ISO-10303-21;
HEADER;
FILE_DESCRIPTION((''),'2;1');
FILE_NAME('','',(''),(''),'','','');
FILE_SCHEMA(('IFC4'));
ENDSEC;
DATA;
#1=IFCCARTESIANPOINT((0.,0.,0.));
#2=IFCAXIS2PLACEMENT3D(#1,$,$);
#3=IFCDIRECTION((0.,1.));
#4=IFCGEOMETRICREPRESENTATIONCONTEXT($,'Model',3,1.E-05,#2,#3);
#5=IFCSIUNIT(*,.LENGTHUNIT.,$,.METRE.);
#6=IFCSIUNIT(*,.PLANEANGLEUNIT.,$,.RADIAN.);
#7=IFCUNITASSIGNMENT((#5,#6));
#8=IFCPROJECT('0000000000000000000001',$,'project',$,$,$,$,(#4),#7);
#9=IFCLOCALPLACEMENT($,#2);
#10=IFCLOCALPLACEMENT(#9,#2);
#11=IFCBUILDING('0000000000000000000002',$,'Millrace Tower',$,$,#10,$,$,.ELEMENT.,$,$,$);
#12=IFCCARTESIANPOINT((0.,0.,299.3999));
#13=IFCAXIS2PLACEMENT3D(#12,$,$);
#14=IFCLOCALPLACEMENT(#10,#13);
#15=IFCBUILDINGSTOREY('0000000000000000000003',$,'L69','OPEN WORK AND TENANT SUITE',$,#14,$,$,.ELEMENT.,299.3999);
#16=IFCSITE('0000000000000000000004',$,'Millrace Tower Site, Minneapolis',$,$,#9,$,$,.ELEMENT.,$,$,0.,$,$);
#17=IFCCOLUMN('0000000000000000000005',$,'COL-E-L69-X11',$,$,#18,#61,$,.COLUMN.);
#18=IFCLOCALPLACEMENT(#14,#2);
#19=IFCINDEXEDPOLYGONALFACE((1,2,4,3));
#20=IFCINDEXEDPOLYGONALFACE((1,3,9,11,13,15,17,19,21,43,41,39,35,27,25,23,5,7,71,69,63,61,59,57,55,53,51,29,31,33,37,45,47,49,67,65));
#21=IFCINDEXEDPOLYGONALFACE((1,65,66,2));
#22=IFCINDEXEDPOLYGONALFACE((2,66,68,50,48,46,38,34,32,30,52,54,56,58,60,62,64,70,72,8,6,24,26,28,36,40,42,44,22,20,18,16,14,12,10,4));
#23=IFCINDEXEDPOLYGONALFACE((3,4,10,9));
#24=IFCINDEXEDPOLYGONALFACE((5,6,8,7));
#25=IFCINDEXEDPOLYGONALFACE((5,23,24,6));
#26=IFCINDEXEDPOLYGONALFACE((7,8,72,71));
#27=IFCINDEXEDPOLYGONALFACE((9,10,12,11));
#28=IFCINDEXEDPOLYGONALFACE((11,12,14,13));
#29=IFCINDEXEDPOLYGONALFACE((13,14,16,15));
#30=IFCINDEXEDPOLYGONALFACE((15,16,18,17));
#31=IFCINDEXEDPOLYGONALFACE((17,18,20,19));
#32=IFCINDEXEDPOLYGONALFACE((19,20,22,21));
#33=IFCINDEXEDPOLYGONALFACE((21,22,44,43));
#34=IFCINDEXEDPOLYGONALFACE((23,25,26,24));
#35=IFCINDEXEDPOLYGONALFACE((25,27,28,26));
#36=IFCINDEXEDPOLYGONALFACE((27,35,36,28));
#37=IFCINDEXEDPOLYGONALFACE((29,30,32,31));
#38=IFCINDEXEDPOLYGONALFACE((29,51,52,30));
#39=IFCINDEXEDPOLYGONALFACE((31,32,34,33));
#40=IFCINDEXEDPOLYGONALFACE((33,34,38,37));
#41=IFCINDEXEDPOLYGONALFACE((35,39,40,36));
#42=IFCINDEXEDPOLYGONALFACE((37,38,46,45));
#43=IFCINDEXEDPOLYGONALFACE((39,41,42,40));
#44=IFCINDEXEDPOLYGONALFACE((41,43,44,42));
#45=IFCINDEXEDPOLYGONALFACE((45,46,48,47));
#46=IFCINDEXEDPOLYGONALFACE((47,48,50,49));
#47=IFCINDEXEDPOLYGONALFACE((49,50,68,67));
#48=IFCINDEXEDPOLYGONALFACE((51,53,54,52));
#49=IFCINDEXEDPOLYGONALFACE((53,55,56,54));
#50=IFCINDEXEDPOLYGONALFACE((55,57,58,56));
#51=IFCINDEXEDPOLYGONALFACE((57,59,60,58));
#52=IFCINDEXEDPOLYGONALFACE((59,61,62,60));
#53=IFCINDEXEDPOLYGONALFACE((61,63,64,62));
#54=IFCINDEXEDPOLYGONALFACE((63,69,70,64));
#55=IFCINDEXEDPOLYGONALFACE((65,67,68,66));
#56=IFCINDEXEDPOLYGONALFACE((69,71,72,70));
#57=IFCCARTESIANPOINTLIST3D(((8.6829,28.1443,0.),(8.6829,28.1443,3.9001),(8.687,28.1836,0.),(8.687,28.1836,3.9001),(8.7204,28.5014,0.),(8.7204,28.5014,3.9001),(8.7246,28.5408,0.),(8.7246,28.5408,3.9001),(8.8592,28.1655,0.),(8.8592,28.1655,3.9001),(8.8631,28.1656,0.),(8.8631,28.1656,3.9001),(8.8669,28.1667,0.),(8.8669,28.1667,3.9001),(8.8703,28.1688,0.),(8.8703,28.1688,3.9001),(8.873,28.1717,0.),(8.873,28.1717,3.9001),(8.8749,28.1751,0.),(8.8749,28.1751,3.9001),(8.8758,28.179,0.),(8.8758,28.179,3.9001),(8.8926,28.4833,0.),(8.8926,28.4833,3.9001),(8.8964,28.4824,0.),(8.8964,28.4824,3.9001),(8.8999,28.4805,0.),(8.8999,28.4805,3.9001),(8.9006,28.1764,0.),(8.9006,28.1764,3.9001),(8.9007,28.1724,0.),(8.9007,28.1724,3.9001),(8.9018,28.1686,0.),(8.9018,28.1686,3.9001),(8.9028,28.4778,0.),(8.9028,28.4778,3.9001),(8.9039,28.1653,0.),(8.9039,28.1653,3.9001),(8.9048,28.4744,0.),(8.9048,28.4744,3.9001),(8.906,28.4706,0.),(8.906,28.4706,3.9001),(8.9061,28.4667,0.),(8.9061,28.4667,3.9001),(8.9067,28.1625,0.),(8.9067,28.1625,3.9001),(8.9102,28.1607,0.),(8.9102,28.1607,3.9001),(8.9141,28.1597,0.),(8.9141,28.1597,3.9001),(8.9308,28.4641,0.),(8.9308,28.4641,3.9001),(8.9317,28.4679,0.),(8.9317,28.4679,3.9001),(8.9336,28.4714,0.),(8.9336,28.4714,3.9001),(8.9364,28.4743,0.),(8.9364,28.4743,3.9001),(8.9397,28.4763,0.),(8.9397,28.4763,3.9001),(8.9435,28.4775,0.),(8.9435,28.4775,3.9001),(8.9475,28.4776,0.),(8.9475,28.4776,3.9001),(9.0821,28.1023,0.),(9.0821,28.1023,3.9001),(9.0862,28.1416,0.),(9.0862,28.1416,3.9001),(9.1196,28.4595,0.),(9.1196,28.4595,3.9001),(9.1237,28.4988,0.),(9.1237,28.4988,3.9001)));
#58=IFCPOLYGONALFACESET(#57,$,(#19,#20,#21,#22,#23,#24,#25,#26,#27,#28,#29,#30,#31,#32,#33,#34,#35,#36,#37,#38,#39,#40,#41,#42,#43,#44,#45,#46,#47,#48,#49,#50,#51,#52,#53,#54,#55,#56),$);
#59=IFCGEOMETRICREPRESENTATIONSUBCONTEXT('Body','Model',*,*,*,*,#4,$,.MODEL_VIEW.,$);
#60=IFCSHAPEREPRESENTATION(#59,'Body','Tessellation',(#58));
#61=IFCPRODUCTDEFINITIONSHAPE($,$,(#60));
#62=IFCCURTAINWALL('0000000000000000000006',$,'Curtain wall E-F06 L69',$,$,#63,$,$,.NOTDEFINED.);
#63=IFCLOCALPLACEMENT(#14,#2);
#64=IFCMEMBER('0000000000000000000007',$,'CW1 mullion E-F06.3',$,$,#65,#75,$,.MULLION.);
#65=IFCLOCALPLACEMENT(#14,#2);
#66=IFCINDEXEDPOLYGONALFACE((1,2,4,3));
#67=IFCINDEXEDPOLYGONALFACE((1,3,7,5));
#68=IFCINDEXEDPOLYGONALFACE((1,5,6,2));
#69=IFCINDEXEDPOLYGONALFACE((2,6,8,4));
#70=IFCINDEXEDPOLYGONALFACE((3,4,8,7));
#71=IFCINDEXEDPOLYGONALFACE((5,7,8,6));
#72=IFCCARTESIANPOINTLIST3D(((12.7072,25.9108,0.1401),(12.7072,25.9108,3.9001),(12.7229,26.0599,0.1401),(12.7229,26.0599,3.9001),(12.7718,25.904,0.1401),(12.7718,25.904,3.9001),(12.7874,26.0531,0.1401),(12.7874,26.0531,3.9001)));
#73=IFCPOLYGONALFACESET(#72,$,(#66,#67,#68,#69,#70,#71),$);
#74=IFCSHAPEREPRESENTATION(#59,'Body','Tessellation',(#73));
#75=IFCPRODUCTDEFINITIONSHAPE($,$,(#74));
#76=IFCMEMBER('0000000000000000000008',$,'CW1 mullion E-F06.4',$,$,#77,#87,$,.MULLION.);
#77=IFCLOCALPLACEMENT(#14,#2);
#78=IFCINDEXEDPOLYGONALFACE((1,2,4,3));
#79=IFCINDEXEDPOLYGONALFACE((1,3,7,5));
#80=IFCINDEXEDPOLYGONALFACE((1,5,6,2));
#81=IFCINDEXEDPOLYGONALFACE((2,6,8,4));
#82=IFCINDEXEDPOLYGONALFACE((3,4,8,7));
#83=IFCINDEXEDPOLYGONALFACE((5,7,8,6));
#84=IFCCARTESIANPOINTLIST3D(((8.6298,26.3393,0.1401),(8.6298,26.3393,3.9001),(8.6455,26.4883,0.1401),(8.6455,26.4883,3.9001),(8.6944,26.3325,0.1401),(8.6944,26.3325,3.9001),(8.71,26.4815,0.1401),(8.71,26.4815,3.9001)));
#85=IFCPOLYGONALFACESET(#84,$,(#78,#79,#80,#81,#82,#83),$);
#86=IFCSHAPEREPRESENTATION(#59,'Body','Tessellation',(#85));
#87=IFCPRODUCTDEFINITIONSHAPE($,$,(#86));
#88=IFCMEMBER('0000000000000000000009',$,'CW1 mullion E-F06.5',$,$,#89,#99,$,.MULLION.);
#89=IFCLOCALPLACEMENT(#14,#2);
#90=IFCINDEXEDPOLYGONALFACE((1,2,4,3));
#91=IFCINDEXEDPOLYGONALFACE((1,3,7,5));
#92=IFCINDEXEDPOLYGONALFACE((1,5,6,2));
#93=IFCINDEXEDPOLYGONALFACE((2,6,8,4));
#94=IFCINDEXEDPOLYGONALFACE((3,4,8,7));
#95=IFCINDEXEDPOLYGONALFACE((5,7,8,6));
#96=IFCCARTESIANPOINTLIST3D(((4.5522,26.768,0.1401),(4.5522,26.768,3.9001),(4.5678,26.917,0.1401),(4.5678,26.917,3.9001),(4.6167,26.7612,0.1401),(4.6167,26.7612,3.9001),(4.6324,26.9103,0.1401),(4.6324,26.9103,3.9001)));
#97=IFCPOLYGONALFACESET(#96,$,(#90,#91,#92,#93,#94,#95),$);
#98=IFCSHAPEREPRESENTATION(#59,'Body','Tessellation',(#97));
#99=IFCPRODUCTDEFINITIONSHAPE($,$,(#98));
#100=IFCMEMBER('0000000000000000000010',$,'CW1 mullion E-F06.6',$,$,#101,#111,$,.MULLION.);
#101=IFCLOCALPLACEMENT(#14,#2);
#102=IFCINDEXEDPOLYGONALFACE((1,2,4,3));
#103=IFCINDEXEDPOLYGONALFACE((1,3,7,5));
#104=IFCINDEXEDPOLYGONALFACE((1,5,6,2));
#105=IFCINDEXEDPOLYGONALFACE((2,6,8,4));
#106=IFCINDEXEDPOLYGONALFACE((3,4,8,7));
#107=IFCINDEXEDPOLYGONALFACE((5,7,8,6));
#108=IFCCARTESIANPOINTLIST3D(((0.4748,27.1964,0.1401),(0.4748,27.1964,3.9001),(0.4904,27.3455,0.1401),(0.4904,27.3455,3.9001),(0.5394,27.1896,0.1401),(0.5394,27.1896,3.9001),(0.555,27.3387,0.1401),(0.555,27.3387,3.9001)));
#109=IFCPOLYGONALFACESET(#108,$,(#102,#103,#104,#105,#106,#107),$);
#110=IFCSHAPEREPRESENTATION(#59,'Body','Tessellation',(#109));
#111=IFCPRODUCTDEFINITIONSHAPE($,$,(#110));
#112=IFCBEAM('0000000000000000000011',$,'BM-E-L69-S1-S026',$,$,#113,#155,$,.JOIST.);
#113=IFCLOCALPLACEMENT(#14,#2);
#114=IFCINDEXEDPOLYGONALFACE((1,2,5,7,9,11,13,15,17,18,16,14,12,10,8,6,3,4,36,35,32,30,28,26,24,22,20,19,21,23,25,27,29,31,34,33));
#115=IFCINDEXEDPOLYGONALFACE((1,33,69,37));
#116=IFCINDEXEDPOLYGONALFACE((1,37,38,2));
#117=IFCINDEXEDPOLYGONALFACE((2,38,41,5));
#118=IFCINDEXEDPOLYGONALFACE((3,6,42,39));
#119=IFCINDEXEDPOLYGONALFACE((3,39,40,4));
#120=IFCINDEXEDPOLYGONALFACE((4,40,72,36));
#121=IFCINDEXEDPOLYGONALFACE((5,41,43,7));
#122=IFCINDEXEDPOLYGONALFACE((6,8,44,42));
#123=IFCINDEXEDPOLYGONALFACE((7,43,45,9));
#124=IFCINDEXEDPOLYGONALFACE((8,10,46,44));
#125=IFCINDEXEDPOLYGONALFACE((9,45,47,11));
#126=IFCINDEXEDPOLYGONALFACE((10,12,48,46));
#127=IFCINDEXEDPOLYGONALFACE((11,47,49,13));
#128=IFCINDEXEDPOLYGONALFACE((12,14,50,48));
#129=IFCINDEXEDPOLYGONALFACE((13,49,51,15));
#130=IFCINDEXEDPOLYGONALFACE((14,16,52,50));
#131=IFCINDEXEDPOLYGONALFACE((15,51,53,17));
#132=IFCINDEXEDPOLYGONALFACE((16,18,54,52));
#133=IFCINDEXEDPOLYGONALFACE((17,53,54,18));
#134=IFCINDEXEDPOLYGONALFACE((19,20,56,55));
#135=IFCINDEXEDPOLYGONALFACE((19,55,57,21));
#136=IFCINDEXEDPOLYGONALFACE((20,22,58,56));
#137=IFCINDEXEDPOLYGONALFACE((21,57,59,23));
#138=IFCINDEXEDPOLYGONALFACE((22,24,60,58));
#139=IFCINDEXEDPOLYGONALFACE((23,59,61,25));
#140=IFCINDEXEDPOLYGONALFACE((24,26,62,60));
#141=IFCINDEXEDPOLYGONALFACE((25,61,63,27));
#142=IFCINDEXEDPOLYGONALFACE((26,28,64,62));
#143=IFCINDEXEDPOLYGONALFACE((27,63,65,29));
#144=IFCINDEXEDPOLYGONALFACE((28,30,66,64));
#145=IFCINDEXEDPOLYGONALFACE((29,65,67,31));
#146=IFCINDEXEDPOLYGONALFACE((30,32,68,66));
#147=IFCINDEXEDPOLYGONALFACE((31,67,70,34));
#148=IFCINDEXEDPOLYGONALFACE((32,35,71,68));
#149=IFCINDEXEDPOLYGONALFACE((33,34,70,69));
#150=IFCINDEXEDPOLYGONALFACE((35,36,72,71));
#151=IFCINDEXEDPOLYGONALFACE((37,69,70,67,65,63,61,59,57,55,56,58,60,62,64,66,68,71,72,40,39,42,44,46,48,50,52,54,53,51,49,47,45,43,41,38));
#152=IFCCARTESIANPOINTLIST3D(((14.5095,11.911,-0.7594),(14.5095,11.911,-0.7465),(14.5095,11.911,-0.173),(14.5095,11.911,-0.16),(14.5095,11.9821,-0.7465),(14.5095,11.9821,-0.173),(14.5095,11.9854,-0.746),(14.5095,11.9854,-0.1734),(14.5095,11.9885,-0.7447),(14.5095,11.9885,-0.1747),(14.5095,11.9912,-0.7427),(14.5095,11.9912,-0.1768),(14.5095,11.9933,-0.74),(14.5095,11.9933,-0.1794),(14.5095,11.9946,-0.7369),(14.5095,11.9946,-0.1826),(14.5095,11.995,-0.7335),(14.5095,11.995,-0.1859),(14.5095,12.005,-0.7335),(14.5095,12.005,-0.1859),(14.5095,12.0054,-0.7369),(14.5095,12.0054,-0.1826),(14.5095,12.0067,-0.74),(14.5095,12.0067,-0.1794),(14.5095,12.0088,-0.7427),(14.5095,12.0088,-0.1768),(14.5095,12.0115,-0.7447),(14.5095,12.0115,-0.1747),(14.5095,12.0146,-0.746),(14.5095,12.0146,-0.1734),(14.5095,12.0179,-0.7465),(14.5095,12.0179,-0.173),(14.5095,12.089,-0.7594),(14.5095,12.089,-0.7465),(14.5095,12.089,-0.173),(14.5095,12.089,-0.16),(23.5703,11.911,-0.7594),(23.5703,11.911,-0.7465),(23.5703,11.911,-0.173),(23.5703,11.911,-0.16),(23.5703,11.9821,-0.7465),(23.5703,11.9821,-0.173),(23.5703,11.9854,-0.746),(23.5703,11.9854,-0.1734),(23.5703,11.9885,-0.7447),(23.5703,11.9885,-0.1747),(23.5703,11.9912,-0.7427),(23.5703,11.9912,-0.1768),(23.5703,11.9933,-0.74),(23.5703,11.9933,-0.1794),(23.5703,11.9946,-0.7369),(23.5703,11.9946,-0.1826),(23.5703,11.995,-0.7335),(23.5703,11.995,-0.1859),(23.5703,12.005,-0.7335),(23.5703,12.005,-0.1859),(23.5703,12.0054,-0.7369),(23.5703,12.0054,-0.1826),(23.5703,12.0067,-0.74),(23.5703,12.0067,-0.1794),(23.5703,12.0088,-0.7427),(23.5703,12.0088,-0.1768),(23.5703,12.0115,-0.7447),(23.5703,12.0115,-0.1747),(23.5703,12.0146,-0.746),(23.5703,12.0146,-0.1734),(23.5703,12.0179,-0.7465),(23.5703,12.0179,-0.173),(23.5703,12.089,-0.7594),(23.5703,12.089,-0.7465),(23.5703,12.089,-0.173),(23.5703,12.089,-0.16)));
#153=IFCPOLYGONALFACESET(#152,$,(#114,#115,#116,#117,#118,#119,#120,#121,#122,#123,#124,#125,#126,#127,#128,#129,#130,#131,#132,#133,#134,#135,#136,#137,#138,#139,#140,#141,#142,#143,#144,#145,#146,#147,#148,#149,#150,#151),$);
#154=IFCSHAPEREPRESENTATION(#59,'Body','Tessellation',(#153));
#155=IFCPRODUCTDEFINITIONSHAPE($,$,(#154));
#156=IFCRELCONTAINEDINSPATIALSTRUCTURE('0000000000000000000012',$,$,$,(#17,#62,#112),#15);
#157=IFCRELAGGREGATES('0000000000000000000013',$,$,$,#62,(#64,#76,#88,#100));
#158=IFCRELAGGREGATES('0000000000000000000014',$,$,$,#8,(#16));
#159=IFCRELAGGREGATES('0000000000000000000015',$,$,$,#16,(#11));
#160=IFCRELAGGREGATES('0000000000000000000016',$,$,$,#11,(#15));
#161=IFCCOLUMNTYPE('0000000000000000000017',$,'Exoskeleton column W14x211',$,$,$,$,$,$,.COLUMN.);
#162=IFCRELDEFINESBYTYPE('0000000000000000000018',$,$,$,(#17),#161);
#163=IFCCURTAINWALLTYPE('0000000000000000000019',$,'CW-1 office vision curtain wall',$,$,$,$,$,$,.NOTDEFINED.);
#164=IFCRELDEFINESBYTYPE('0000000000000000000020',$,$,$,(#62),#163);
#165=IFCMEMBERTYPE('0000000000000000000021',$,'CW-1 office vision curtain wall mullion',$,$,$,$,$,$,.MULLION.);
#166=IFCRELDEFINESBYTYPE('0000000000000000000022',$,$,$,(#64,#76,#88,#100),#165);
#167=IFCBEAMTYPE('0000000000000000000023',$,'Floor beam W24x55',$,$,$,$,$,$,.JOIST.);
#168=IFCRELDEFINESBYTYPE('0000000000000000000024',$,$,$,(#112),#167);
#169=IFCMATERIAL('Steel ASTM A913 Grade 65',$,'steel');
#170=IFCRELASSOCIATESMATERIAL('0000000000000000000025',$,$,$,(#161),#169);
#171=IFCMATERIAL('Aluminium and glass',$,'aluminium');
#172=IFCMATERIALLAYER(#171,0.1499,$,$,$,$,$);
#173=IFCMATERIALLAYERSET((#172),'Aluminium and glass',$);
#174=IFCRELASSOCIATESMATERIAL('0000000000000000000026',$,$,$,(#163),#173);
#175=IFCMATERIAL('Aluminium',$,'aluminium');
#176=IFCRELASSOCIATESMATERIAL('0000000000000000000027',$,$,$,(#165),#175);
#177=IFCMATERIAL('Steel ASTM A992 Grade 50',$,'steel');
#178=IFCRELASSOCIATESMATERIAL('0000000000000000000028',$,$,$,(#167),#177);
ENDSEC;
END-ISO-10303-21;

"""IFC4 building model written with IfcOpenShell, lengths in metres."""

from ifc_helpers import new_model, si_unit, direction, frame, origin, origin_2d, place, context, subcontext, project, spatial, rectangle, i_section, extrude, material, layer, layer_set, material_profile, profile_set, type_object, element, aggregate, save


model = new_model("IFC4")

# Units and contexts
model_context = context("Model", 3, precision=1e-05, world=origin(), true_north=direction((0.0, 1.0)))
body_context = subcontext(model_context, "Body", "Model", "MODEL_VIEW")
ifc_project = project(units=[si_unit("LENGTHUNIT", "METRE"), si_unit("PLANEANGLEUNIT", "RADIAN")], contexts=[model_context])

# Site, building, storey
site_placement = place(None, origin())
site = spatial("IfcSite", under=ifc_project, at=site_placement, Name="Millrace Tower Site, Minneapolis", CompositionType="ELEMENT", RefElevation=0.0)
building_placement = place(site_placement, origin())
building = spatial("IfcBuilding", under=site, at=building_placement, Name="Millrace Tower", CompositionType="ELEMENT")
storey_placement = place(building_placement, frame((0.0, 0.0, 299.3999)))
storey = spatial("IfcBuildingStorey", under=building, at=storey_placement, Name="L69", Description="OPEN WORK AND TENANT SUITE", CompositionType="ELEMENT", Elevation=299.3999)

# Column
ifc_material_1 = material(Name="Steel ASTM A913 Grade 65", Category="steel")
ifc_material_profile_1 = material_profile(ifc_material_1, i_section(OverallWidth=0.4014, OverallDepth=0.3987, WebThickness=0.0249, FlangeThickness=0.0396, FilletRadius=0.0151, at=origin_2d()))
ifc_profile_set_1 = profile_set([ifc_material_profile_1], Name="Steel ASTM A913 Grade 65")
column_type = type_object("IfcColumnType", Name="Exoskeleton column W14x211", PredefinedType="COLUMN", material=ifc_profile_set_1)
column_placement = place(storey_placement, frame((8.9033, 28.3215, 0.0), z_axis=(0.0, 0.0, 1.0), x_axis=(-0.994522, 0.104528, 0.0)))
element("IfcColumn", 1, at=column_placement, inside=storey, type_object=column_type, Name="COL-E-L69-X11", PredefinedType="COLUMN", context=body_context, shape_type="SweptSolid", body=[
    extrude(i_section(OverallWidth=0.4014, OverallDepth=0.3987, WebThickness=0.0249, FlangeThickness=0.0396, FilletRadius=0.0151, at=origin_2d()), origin(), (0.0, 0.0, 1.0), 3.9001),
])

# Curtain wall, members
ifc_material_2 = material(Name="Aluminium and glass", Category="aluminium")
ifc_layer_1 = layer(ifc_material_2, 0.1499)
ifc_layer_set_1 = layer_set([ifc_layer_1], Name="Aluminium and glass")
curtain_wall_type = type_object("IfcCurtainWallType", Name="CW-1 office vision curtain wall", PredefinedType="NOTDEFINED", material=ifc_layer_set_1)
curtain_wall_placement = place(storey_placement, origin())
curtain_wall = element("IfcCurtainWall", 2, at=curtain_wall_placement, inside=storey, type_object=curtain_wall_type, Name="Curtain wall E-F06 L69", PredefinedType="NOTDEFINED")
ifc_material_3 = material(Name="Aluminium", Category="aluminium")
ifc_material_profile_2 = material_profile(ifc_material_3, rectangle(XDim=0.0649, YDim=0.1499, at=origin_2d()))
ifc_profile_set_2 = profile_set([ifc_material_profile_2], Name="Aluminium")
member_type = type_object("IfcMemberType", Name="CW-1 office vision curtain wall mullion", PredefinedType="MULLION", material=ifc_profile_set_2)
member_1_placement = place(storey_placement, frame((12.7473, 25.9819, 0.1401), z_axis=(0.0, 0.0, 1.0), x_axis=(-0.994522, 0.104528, 0.0)))
member_1 = element("IfcMember", 3, at=member_1_placement, type_object=member_type, Name="CW1 mullion E-F06.3", PredefinedType="MULLION", context=body_context, shape_type="SweptSolid", body=[
    extrude(rectangle(XDim=0.0649, YDim=0.1499, at=origin_2d()), origin(), (0.0, 0.0, 1.0), 3.76),
])
member_2_placement = place(storey_placement, frame((8.6699, 26.4104, 0.1401), z_axis=(0.0, 0.0, 1.0), x_axis=(-0.994522, 0.104528, 0.0)))
member_2 = element("IfcMember", 4, at=member_2_placement, type_object=member_type, Name="CW1 mullion E-F06.4", PredefinedType="MULLION", context=body_context, shape_type="SweptSolid", body=[
    extrude(rectangle(XDim=0.0649, YDim=0.1499, at=origin_2d()), origin(), (0.0, 0.0, 1.0), 3.76),
])
member_3_placement = place(storey_placement, frame((4.5923, 26.8391, 0.1401), z_axis=(0.0, 0.0, 1.0), x_axis=(-0.994522, 0.104528, 0.0)))
member_3 = element("IfcMember", 5, at=member_3_placement, type_object=member_type, Name="CW1 mullion E-F06.5", PredefinedType="MULLION", context=body_context, shape_type="SweptSolid", body=[
    extrude(rectangle(XDim=0.0649, YDim=0.1499, at=origin_2d()), origin(), (0.0, 0.0, 1.0), 3.76),
])
member_4_placement = place(storey_placement, frame((0.5149, 27.2676, 0.1401), z_axis=(0.0, 0.0, 1.0), x_axis=(-0.994522, 0.104528, 0.0)))
member_4 = element("IfcMember", 6, at=member_4_placement, type_object=member_type, Name="CW1 mullion E-F06.6", PredefinedType="MULLION", context=body_context, shape_type="SweptSolid", body=[
    extrude(rectangle(XDim=0.0649, YDim=0.1499, at=origin_2d()), origin(), (0.0, 0.0, 1.0), 3.76),
])
aggregate(curtain_wall, [member_1, member_2, member_3, member_4])

# Beam
ifc_material_4 = material(Name="Steel ASTM A992 Grade 50", Category="steel")
ifc_material_profile_3 = material_profile(ifc_material_4, i_section(OverallWidth=0.178, OverallDepth=0.5994, WebThickness=0.01, FlangeThickness=0.0129, FilletRadius=0.0129, at=origin_2d()))
ifc_profile_set_3 = profile_set([ifc_material_profile_3], Name="Steel ASTM A992 Grade 50")
beam_type_1 = type_object("IfcBeamType", Name="Floor beam W24x55", PredefinedType="JOIST", material=ifc_profile_set_3)
beam_1_placement = place(storey_placement, frame((14.5095, 12.0, -0.4597), z_axis=(1.0, 0.0, 0.0), x_axis=(0.0, 1.0, 0.0)))
element("IfcBeam", 7, at=beam_1_placement, inside=storey, type_object=beam_type_1, Name="BM-E-L69-S1-S026", PredefinedType="JOIST", context=body_context, shape_type="SweptSolid", body=[
    extrude(i_section(OverallWidth=0.178, OverallDepth=0.5994, WebThickness=0.01, FlangeThickness=0.0129, FilletRadius=0.0129, at=origin_2d()), origin(), (0.0, 0.0, 1.0), 9.0608),
])

save(model, "model.ifc")
